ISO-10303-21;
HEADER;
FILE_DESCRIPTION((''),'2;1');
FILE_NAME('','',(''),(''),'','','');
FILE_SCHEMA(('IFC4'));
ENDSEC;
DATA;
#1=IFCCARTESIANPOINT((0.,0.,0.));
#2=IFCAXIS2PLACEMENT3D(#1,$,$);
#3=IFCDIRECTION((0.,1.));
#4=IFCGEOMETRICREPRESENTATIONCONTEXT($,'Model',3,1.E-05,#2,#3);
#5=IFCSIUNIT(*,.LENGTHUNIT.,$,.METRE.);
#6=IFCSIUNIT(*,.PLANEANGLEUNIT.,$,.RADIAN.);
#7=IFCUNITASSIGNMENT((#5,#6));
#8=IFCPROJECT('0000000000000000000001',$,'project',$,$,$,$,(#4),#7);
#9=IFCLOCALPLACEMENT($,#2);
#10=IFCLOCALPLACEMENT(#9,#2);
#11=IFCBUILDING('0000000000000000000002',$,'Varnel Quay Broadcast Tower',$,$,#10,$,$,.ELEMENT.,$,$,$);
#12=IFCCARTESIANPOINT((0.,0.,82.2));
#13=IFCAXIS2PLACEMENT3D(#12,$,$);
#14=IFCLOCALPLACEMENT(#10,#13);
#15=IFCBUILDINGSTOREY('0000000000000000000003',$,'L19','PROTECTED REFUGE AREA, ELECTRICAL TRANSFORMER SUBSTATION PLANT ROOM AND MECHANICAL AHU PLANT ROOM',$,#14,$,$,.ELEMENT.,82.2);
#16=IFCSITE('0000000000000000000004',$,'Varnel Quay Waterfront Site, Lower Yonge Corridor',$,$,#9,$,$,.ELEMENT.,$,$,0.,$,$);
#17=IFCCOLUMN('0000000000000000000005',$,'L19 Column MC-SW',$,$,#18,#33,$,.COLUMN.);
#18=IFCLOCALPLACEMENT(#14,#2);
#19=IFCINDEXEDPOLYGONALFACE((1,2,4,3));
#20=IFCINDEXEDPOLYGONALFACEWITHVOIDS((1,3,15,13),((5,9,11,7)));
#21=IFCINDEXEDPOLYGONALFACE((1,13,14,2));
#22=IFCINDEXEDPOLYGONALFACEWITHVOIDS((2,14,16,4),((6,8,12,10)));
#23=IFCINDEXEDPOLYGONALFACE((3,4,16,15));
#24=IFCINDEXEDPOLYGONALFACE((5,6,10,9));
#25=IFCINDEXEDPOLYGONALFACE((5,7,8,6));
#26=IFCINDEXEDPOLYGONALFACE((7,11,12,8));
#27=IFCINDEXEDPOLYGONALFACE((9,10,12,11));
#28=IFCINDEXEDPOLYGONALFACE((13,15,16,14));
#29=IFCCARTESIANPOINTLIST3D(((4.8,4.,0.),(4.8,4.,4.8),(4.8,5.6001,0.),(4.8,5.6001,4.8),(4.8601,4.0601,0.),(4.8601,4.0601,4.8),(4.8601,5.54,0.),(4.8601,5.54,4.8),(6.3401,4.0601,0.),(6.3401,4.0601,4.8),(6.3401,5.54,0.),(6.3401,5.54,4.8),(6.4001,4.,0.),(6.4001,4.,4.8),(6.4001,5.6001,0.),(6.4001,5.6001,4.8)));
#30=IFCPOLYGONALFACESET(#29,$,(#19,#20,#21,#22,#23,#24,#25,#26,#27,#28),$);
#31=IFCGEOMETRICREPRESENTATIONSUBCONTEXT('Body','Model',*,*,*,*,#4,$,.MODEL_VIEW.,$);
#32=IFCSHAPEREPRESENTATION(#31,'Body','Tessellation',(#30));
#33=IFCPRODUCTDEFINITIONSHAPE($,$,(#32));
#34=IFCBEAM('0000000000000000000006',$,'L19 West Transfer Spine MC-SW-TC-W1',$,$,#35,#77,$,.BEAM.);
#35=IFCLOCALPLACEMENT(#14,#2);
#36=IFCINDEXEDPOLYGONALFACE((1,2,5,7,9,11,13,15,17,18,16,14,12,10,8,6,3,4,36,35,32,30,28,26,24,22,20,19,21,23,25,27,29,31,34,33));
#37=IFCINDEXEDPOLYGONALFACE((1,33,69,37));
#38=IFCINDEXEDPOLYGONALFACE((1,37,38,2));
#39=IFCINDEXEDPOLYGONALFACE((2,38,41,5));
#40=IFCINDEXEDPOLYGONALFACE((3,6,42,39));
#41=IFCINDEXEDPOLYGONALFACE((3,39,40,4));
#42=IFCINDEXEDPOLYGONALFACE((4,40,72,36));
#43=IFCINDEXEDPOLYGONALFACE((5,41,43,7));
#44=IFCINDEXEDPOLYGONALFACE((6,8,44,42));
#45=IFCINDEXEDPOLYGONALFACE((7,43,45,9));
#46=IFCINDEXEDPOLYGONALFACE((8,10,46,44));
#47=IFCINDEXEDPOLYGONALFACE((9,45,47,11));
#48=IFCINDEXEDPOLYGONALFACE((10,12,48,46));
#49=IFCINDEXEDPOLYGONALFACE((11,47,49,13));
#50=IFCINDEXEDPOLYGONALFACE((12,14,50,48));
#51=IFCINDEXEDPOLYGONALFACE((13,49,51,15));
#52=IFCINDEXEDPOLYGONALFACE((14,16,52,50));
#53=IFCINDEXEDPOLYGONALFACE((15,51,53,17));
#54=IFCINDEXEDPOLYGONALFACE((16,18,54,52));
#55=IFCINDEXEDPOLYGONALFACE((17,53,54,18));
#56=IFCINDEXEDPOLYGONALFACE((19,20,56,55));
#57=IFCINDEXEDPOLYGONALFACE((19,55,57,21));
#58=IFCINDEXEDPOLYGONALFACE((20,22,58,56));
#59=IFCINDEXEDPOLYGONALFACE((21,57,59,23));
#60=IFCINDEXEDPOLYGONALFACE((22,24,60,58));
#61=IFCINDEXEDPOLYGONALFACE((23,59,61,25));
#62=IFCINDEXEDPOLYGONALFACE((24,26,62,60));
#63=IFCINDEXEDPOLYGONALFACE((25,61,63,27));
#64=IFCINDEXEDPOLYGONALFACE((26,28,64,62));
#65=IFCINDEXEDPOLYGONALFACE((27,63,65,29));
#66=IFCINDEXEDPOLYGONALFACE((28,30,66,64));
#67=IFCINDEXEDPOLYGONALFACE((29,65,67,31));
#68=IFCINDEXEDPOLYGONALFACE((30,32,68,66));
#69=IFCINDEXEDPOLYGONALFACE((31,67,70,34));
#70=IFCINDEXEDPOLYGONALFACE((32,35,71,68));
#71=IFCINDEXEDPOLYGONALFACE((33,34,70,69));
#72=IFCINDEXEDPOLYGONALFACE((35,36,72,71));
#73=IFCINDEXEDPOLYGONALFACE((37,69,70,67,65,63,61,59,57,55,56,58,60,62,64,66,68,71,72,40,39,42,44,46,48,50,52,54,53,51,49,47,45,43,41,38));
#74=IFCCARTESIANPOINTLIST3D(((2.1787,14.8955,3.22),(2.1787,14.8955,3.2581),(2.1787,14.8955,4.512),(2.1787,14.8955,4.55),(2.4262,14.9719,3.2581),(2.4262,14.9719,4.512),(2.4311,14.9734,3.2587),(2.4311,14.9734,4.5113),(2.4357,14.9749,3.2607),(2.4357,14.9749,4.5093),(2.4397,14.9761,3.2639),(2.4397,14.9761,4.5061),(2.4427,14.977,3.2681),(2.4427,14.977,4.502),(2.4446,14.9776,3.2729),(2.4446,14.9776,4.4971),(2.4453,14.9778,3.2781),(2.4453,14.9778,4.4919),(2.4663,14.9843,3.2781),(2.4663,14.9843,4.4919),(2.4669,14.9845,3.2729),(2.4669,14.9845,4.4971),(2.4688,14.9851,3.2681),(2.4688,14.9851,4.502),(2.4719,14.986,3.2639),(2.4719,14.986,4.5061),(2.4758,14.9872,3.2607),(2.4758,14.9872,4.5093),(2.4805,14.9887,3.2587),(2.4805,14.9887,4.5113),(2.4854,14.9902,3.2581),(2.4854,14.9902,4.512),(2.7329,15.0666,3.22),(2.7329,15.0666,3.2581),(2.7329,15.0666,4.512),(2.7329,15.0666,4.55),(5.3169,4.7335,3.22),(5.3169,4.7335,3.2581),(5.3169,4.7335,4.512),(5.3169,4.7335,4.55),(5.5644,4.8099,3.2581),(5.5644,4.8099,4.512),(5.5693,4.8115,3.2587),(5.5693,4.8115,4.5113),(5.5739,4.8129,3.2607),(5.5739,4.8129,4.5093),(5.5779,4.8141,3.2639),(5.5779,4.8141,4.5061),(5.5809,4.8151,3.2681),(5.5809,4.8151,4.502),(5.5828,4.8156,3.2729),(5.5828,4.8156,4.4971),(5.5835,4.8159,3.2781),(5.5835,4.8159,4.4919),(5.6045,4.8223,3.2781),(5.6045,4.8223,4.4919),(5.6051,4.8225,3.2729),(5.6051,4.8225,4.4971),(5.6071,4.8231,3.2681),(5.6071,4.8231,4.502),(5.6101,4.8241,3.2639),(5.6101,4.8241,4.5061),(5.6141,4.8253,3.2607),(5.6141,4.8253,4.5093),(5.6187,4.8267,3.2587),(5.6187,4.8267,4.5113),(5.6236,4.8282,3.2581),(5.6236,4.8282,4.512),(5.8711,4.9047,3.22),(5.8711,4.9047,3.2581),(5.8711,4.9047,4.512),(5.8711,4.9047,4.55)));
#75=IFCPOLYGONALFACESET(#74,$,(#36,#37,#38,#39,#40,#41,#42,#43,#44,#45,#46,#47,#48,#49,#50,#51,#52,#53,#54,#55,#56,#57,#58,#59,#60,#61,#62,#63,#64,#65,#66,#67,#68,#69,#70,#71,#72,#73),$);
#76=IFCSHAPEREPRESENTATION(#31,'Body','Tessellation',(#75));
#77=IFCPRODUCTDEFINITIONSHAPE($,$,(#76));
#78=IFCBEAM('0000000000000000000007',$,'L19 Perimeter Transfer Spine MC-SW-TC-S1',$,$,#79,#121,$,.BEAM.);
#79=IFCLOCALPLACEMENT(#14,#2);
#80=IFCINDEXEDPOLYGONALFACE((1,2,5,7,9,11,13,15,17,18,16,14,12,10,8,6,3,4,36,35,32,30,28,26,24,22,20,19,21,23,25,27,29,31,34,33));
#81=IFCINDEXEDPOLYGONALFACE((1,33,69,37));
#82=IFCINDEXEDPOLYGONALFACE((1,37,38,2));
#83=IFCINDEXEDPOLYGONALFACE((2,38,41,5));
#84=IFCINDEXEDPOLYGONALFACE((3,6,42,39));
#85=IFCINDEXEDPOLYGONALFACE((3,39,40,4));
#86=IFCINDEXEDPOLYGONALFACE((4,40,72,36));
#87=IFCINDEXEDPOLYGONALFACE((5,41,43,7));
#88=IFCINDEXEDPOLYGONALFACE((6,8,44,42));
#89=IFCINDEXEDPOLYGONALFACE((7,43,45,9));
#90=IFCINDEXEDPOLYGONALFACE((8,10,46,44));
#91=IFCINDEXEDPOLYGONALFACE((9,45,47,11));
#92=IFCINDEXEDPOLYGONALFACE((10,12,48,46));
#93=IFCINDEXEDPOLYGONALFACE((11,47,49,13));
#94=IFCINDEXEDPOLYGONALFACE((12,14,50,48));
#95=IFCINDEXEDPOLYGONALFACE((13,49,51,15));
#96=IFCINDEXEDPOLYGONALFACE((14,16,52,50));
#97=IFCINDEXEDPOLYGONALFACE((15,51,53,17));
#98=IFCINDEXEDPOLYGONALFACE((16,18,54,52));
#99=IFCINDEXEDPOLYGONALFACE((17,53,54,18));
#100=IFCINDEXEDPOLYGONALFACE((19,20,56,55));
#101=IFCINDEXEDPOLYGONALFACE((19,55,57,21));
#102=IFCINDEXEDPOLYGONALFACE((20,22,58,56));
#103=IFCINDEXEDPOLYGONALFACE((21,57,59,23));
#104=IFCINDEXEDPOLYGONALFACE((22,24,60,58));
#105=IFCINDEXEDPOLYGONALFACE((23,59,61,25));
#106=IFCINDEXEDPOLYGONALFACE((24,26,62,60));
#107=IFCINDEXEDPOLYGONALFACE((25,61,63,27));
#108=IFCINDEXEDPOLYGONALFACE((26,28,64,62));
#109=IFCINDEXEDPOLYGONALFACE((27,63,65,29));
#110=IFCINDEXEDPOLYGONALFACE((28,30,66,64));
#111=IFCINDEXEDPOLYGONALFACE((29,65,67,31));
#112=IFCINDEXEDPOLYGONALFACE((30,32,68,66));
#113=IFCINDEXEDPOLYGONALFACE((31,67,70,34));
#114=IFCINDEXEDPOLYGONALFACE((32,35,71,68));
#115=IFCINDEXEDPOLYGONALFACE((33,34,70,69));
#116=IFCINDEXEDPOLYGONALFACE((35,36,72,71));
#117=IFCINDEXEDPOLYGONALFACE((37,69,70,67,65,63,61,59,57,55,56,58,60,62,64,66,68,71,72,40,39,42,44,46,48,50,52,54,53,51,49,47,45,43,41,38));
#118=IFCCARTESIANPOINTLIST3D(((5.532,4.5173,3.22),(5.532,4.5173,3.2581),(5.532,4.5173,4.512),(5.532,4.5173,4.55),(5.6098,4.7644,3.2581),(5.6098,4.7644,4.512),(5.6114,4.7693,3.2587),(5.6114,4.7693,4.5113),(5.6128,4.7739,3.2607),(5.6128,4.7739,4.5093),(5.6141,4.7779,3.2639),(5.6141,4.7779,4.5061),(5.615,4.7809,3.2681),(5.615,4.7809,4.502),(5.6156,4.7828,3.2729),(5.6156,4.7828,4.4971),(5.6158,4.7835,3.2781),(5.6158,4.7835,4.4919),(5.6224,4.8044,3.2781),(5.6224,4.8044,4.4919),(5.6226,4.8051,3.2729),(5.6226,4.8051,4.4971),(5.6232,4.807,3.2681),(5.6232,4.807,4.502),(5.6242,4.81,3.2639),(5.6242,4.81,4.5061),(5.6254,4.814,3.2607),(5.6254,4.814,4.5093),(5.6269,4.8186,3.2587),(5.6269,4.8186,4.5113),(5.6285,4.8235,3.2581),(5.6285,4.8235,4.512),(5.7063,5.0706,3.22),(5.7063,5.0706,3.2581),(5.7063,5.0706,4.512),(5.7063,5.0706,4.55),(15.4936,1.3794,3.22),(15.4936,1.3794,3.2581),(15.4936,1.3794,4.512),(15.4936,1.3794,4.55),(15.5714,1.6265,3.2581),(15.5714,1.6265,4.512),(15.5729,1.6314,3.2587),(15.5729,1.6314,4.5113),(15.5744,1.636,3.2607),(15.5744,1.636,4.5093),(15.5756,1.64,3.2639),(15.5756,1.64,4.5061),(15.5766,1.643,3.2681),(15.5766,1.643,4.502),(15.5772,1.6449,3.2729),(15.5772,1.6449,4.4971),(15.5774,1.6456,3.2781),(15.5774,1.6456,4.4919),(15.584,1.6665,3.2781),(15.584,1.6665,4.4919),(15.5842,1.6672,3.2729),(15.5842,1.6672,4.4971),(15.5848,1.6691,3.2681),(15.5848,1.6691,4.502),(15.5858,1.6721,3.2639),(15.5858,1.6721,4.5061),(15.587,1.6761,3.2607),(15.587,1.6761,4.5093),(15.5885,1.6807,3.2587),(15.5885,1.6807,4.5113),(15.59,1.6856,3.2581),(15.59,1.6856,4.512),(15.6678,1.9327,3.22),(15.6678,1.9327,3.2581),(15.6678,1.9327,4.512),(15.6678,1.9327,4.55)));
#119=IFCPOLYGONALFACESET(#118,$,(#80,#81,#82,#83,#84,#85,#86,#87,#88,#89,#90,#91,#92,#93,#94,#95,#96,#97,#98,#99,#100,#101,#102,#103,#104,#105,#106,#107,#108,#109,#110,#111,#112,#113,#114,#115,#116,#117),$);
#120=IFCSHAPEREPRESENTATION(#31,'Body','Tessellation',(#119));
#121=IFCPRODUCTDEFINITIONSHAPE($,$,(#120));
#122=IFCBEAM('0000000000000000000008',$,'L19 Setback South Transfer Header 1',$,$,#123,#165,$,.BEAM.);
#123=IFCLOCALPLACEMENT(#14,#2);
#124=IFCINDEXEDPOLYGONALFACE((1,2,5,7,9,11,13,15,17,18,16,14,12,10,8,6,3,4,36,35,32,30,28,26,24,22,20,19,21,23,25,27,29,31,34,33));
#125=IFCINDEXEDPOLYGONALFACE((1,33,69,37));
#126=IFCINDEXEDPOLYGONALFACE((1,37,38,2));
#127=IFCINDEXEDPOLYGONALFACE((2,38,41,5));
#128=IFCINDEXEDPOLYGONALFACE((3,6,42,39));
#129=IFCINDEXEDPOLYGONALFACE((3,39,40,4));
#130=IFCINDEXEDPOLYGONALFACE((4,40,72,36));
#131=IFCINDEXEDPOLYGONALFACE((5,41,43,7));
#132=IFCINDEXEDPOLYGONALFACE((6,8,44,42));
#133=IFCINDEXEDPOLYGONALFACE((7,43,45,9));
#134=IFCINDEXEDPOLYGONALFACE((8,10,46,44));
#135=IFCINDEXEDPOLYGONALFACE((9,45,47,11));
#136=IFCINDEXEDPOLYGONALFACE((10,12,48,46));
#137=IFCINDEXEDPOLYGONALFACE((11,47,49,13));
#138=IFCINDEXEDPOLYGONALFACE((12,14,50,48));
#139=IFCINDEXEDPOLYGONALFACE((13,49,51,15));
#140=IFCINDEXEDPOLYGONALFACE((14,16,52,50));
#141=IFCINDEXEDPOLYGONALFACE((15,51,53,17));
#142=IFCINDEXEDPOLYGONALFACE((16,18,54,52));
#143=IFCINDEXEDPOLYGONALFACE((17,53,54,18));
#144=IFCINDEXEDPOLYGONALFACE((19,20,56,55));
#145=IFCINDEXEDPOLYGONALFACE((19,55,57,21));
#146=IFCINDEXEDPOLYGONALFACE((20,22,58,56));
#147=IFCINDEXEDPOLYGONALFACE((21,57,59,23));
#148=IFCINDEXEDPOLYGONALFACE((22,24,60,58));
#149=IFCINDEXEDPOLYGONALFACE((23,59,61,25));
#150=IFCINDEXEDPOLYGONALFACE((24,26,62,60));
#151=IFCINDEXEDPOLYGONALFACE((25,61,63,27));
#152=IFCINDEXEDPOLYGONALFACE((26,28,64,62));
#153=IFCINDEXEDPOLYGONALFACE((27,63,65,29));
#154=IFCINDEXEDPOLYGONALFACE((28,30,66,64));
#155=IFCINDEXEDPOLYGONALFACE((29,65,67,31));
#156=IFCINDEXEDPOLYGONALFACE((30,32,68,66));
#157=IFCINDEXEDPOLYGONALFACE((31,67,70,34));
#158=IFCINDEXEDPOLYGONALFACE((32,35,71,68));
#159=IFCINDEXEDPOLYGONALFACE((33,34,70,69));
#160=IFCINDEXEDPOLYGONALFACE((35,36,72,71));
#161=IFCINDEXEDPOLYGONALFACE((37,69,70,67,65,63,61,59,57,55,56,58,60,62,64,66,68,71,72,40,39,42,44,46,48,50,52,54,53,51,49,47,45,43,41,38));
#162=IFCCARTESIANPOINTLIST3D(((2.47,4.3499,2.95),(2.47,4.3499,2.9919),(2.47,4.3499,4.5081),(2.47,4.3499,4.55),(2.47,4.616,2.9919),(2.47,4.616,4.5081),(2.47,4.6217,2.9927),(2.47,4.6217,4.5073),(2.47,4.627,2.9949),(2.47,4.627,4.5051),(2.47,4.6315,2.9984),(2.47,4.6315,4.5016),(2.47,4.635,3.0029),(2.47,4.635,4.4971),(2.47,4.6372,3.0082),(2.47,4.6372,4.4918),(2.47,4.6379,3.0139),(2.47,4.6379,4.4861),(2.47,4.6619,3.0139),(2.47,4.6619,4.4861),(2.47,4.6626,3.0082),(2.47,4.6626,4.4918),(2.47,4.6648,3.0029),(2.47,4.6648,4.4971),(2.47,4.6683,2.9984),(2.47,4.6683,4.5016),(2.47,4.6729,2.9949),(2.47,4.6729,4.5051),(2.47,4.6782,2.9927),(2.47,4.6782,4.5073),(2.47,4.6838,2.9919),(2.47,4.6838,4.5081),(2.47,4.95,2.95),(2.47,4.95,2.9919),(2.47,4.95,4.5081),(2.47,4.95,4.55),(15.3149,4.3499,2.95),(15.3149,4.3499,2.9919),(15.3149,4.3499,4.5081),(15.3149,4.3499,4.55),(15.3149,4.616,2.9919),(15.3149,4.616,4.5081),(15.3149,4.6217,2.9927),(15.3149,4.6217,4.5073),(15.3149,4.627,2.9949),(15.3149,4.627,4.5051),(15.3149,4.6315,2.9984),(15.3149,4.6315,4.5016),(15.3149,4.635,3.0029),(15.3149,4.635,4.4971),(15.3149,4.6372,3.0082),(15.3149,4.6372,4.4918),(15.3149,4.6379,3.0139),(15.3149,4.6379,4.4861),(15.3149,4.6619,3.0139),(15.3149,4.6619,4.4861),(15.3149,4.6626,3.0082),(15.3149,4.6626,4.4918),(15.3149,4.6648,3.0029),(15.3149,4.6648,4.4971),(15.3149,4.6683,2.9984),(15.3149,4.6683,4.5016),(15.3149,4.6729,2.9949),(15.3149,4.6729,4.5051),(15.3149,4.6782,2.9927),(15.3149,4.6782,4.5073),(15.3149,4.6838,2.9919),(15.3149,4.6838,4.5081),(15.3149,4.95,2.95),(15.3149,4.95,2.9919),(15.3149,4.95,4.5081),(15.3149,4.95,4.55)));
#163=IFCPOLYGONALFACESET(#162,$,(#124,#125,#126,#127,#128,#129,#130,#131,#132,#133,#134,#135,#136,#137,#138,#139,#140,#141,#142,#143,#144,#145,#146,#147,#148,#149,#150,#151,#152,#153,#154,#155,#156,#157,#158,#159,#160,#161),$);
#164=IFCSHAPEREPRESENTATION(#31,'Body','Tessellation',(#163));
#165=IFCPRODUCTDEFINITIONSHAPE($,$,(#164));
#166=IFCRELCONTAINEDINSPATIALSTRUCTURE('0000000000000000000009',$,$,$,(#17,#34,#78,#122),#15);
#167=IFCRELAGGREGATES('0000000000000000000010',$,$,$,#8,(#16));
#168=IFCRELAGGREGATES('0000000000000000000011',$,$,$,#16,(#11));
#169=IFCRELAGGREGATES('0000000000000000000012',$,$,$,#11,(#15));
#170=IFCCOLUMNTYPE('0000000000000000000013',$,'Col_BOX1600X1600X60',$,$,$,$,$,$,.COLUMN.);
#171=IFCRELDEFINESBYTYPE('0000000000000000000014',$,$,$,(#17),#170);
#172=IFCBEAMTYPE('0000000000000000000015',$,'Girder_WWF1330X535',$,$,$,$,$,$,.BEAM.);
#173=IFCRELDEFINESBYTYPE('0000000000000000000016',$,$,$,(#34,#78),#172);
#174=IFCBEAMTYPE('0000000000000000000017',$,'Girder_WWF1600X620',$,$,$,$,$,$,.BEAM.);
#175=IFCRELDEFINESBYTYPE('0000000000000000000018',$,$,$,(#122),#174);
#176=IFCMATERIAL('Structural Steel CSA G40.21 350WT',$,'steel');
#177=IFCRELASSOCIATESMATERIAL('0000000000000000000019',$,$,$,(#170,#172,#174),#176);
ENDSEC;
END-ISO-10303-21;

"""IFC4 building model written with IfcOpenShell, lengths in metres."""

from ifc_helpers import new_model, si_unit, direction, frame, origin, origin_2d, place, context, subcontext, project, spatial, hollow_rectangle, i_section, extrude, source, transform, mapped, material, material_profile, profile_set, type_object, type_shapes, element, save


model = new_model("IFC4")

# Units and contexts
model_context = context("Model", 3, precision=1e-05, world=origin(), true_north=direction((0.0, 1.0)))
body_context = subcontext(model_context, "Body", "Model", "MODEL_VIEW")
ifc_project = project(units=[si_unit("LENGTHUNIT", "METRE"), si_unit("PLANEANGLEUNIT", "RADIAN")], contexts=[model_context])

# Site, building, storey
site_placement = place(None, origin())
site = spatial("IfcSite", under=ifc_project, at=site_placement, Name="Varnel Quay Waterfront Site, Lower Yonge Corridor", CompositionType="ELEMENT", RefElevation=0.0)
building_placement = place(site_placement, origin())
building = spatial("IfcBuilding", under=site, at=building_placement, Name="Varnel Quay Broadcast Tower", CompositionType="ELEMENT")
storey_placement = place(building_placement, frame((0.0, 0.0, 82.2)))
storey = spatial("IfcBuildingStorey", under=building, at=storey_placement, Name="L19", Description="PROTECTED REFUGE AREA, ELECTRICAL TRANSFORMER SUBSTATION PLANT ROOM AND MECHANICAL AHU PLANT ROOM", CompositionType="ELEMENT", Elevation=82.2)

# Column
ifc_material_1 = material(Name="Structural Steel CSA G40.21 350WT", Category="steel")
ifc_material_profile_1 = material_profile(ifc_material_1, hollow_rectangle(XDim=1.6001, YDim=1.6001, WallThickness=0.0601, at=origin_2d()), Name="BOX1600X1600X60")
ifc_profile_set_1 = profile_set([ifc_material_profile_1], Name="Structural Steel CSA G40.21 350WT")
column_type = type_object("IfcColumnType", Name="Col_BOX1600X1600X60", PredefinedType="COLUMN", material=ifc_profile_set_1)
shared_shape_1 = source(origin(), body_context, "Body", "SweptSolid", [
    extrude(hollow_rectangle(XDim=1.6001, YDim=1.6001, WallThickness=0.0601, at=origin_2d()), origin(), (0.0, 0.0, 1.0), 4.8),
])
type_shapes(column_type, [shared_shape_1])
column_placement = place(storey_placement, frame((5.6001, 4.8, 0.0), z_axis=(0.0, 0.0, 1.0), x_axis=(1.0, 0.0, 0.0)))
element("IfcColumn", 1, at=column_placement, inside=storey, type_object=column_type, Name="L19 Column MC-SW", PredefinedType="COLUMN", context=body_context, shape_type="MappedRepresentation", body=[
    mapped(shared_shape_1, transform((0.0, 0.0, 0.0), x_axis=(1.0, 0.0, 0.0), y_axis=(0.0, 1.0, 0.0), z_axis=(0.0, 0.0, 1.0), scale=1.0)),
])

# Beams
ifc_material_profile_2 = material_profile(ifc_material_1, i_section(OverallWidth=0.5801, OverallDepth=1.3301, WebThickness=0.022, FlangeThickness=0.0381, FilletRadius=0.02, at=origin_2d()), Name="WWF1330X535")
ifc_profile_set_2 = profile_set([ifc_material_profile_2], Name="Structural Steel CSA G40.21 350WT")
beam_type_1 = type_object("IfcBeamType", Name="Girder_WWF1330X535", PredefinedType="BEAM", material=ifc_profile_set_2)
shared_shape_2 = source(origin(), body_context, "Body", "SweptSolid", [
    extrude(i_section(OverallWidth=0.5801, OverallDepth=1.3301, WebThickness=0.022, FlangeThickness=0.0381, FilletRadius=0.02, at=origin_2d()), origin(), (0.0, 0.0, 1.0), 10.6355),
])
beam_1_placement = place(storey_placement, frame((5.594, 4.8191, 3.885), z_axis=(-0.29507, 0.955476, 0.0), x_axis=(-0.955476, -0.29507, 0.0)))
element("IfcBeam", 2, at=beam_1_placement, inside=storey, type_object=beam_type_1, Name="L19 West Transfer Spine MC-SW-TC-W1", PredefinedType="BEAM", context=body_context, shape_type="MappedRepresentation", body=[
    mapped(shared_shape_2, transform((0.0, 0.0, 0.0), x_axis=(1.0, 0.0, 0.0), y_axis=(0.0, 1.0, 0.0), z_axis=(0.0, 0.0, 1.0), scale=1.0)),
])
shared_shape_3 = source(origin(), body_context, "Body", "SweptSolid", [
    extrude(i_section(OverallWidth=0.5801, OverallDepth=1.3301, WebThickness=0.022, FlangeThickness=0.0381, FilletRadius=0.02, at=origin_2d()), origin(), (0.0, 0.0, 1.0), 10.4441),
])
beam_2_placement = place(storey_placement, frame((5.6191, 4.7939, 3.885), z_axis=(0.953798, -0.300448, 0.0), x_axis=(0.300448, 0.953798, 0.0)))
element("IfcBeam", 3, at=beam_2_placement, inside=storey, type_object=beam_type_1, Name="L19 Perimeter Transfer Spine MC-SW-TC-S1", PredefinedType="BEAM", context=body_context, shape_type="MappedRepresentation", body=[
    mapped(shared_shape_3, transform((0.0, 0.0, 0.0), x_axis=(1.0, 0.0, 0.0), y_axis=(0.0, 1.0, 0.0), z_axis=(0.0, 0.0, 1.0), scale=1.0)),
])
ifc_material_profile_3 = material_profile(ifc_material_1, i_section(OverallWidth=0.6001, OverallDepth=1.6001, WebThickness=0.0239, FlangeThickness=0.042, FilletRadius=0.022, at=origin_2d()), Name="WWF1600X620")
ifc_profile_set_3 = profile_set([ifc_material_profile_3], Name="Structural Steel CSA G40.21 350WT")
beam_type_2 = type_object("IfcBeamType", Name="Girder_WWF1600X620", PredefinedType="BEAM", material=ifc_profile_set_3)
shared_shape_4 = source(origin(), body_context, "Body", "SweptSolid", [
    extrude(i_section(OverallWidth=0.6001, OverallDepth=1.6001, WebThickness=0.0239, FlangeThickness=0.042, FilletRadius=0.022, at=origin_2d()), origin(), (0.0, 0.0, 1.0), 12.845),
])
beam_3_placement = place(storey_placement, frame((2.47, 4.6499, 3.75), z_axis=(1.0, 0.0, 0.0), x_axis=(0.0, 1.0, 0.0)))
element("IfcBeam", 4, at=beam_3_placement, inside=storey, type_object=beam_type_2, Name="L19 Setback South Transfer Header 1", PredefinedType="BEAM", context=body_context, shape_type="MappedRepresentation", body=[
    mapped(shared_shape_4, transform((0.0, 0.0, 0.0), x_axis=(1.0, 0.0, 0.0), y_axis=(0.0, 1.0, 0.0), z_axis=(0.0, 0.0, 1.0), scale=1.0)),
])

save(model, "model.ifc")
